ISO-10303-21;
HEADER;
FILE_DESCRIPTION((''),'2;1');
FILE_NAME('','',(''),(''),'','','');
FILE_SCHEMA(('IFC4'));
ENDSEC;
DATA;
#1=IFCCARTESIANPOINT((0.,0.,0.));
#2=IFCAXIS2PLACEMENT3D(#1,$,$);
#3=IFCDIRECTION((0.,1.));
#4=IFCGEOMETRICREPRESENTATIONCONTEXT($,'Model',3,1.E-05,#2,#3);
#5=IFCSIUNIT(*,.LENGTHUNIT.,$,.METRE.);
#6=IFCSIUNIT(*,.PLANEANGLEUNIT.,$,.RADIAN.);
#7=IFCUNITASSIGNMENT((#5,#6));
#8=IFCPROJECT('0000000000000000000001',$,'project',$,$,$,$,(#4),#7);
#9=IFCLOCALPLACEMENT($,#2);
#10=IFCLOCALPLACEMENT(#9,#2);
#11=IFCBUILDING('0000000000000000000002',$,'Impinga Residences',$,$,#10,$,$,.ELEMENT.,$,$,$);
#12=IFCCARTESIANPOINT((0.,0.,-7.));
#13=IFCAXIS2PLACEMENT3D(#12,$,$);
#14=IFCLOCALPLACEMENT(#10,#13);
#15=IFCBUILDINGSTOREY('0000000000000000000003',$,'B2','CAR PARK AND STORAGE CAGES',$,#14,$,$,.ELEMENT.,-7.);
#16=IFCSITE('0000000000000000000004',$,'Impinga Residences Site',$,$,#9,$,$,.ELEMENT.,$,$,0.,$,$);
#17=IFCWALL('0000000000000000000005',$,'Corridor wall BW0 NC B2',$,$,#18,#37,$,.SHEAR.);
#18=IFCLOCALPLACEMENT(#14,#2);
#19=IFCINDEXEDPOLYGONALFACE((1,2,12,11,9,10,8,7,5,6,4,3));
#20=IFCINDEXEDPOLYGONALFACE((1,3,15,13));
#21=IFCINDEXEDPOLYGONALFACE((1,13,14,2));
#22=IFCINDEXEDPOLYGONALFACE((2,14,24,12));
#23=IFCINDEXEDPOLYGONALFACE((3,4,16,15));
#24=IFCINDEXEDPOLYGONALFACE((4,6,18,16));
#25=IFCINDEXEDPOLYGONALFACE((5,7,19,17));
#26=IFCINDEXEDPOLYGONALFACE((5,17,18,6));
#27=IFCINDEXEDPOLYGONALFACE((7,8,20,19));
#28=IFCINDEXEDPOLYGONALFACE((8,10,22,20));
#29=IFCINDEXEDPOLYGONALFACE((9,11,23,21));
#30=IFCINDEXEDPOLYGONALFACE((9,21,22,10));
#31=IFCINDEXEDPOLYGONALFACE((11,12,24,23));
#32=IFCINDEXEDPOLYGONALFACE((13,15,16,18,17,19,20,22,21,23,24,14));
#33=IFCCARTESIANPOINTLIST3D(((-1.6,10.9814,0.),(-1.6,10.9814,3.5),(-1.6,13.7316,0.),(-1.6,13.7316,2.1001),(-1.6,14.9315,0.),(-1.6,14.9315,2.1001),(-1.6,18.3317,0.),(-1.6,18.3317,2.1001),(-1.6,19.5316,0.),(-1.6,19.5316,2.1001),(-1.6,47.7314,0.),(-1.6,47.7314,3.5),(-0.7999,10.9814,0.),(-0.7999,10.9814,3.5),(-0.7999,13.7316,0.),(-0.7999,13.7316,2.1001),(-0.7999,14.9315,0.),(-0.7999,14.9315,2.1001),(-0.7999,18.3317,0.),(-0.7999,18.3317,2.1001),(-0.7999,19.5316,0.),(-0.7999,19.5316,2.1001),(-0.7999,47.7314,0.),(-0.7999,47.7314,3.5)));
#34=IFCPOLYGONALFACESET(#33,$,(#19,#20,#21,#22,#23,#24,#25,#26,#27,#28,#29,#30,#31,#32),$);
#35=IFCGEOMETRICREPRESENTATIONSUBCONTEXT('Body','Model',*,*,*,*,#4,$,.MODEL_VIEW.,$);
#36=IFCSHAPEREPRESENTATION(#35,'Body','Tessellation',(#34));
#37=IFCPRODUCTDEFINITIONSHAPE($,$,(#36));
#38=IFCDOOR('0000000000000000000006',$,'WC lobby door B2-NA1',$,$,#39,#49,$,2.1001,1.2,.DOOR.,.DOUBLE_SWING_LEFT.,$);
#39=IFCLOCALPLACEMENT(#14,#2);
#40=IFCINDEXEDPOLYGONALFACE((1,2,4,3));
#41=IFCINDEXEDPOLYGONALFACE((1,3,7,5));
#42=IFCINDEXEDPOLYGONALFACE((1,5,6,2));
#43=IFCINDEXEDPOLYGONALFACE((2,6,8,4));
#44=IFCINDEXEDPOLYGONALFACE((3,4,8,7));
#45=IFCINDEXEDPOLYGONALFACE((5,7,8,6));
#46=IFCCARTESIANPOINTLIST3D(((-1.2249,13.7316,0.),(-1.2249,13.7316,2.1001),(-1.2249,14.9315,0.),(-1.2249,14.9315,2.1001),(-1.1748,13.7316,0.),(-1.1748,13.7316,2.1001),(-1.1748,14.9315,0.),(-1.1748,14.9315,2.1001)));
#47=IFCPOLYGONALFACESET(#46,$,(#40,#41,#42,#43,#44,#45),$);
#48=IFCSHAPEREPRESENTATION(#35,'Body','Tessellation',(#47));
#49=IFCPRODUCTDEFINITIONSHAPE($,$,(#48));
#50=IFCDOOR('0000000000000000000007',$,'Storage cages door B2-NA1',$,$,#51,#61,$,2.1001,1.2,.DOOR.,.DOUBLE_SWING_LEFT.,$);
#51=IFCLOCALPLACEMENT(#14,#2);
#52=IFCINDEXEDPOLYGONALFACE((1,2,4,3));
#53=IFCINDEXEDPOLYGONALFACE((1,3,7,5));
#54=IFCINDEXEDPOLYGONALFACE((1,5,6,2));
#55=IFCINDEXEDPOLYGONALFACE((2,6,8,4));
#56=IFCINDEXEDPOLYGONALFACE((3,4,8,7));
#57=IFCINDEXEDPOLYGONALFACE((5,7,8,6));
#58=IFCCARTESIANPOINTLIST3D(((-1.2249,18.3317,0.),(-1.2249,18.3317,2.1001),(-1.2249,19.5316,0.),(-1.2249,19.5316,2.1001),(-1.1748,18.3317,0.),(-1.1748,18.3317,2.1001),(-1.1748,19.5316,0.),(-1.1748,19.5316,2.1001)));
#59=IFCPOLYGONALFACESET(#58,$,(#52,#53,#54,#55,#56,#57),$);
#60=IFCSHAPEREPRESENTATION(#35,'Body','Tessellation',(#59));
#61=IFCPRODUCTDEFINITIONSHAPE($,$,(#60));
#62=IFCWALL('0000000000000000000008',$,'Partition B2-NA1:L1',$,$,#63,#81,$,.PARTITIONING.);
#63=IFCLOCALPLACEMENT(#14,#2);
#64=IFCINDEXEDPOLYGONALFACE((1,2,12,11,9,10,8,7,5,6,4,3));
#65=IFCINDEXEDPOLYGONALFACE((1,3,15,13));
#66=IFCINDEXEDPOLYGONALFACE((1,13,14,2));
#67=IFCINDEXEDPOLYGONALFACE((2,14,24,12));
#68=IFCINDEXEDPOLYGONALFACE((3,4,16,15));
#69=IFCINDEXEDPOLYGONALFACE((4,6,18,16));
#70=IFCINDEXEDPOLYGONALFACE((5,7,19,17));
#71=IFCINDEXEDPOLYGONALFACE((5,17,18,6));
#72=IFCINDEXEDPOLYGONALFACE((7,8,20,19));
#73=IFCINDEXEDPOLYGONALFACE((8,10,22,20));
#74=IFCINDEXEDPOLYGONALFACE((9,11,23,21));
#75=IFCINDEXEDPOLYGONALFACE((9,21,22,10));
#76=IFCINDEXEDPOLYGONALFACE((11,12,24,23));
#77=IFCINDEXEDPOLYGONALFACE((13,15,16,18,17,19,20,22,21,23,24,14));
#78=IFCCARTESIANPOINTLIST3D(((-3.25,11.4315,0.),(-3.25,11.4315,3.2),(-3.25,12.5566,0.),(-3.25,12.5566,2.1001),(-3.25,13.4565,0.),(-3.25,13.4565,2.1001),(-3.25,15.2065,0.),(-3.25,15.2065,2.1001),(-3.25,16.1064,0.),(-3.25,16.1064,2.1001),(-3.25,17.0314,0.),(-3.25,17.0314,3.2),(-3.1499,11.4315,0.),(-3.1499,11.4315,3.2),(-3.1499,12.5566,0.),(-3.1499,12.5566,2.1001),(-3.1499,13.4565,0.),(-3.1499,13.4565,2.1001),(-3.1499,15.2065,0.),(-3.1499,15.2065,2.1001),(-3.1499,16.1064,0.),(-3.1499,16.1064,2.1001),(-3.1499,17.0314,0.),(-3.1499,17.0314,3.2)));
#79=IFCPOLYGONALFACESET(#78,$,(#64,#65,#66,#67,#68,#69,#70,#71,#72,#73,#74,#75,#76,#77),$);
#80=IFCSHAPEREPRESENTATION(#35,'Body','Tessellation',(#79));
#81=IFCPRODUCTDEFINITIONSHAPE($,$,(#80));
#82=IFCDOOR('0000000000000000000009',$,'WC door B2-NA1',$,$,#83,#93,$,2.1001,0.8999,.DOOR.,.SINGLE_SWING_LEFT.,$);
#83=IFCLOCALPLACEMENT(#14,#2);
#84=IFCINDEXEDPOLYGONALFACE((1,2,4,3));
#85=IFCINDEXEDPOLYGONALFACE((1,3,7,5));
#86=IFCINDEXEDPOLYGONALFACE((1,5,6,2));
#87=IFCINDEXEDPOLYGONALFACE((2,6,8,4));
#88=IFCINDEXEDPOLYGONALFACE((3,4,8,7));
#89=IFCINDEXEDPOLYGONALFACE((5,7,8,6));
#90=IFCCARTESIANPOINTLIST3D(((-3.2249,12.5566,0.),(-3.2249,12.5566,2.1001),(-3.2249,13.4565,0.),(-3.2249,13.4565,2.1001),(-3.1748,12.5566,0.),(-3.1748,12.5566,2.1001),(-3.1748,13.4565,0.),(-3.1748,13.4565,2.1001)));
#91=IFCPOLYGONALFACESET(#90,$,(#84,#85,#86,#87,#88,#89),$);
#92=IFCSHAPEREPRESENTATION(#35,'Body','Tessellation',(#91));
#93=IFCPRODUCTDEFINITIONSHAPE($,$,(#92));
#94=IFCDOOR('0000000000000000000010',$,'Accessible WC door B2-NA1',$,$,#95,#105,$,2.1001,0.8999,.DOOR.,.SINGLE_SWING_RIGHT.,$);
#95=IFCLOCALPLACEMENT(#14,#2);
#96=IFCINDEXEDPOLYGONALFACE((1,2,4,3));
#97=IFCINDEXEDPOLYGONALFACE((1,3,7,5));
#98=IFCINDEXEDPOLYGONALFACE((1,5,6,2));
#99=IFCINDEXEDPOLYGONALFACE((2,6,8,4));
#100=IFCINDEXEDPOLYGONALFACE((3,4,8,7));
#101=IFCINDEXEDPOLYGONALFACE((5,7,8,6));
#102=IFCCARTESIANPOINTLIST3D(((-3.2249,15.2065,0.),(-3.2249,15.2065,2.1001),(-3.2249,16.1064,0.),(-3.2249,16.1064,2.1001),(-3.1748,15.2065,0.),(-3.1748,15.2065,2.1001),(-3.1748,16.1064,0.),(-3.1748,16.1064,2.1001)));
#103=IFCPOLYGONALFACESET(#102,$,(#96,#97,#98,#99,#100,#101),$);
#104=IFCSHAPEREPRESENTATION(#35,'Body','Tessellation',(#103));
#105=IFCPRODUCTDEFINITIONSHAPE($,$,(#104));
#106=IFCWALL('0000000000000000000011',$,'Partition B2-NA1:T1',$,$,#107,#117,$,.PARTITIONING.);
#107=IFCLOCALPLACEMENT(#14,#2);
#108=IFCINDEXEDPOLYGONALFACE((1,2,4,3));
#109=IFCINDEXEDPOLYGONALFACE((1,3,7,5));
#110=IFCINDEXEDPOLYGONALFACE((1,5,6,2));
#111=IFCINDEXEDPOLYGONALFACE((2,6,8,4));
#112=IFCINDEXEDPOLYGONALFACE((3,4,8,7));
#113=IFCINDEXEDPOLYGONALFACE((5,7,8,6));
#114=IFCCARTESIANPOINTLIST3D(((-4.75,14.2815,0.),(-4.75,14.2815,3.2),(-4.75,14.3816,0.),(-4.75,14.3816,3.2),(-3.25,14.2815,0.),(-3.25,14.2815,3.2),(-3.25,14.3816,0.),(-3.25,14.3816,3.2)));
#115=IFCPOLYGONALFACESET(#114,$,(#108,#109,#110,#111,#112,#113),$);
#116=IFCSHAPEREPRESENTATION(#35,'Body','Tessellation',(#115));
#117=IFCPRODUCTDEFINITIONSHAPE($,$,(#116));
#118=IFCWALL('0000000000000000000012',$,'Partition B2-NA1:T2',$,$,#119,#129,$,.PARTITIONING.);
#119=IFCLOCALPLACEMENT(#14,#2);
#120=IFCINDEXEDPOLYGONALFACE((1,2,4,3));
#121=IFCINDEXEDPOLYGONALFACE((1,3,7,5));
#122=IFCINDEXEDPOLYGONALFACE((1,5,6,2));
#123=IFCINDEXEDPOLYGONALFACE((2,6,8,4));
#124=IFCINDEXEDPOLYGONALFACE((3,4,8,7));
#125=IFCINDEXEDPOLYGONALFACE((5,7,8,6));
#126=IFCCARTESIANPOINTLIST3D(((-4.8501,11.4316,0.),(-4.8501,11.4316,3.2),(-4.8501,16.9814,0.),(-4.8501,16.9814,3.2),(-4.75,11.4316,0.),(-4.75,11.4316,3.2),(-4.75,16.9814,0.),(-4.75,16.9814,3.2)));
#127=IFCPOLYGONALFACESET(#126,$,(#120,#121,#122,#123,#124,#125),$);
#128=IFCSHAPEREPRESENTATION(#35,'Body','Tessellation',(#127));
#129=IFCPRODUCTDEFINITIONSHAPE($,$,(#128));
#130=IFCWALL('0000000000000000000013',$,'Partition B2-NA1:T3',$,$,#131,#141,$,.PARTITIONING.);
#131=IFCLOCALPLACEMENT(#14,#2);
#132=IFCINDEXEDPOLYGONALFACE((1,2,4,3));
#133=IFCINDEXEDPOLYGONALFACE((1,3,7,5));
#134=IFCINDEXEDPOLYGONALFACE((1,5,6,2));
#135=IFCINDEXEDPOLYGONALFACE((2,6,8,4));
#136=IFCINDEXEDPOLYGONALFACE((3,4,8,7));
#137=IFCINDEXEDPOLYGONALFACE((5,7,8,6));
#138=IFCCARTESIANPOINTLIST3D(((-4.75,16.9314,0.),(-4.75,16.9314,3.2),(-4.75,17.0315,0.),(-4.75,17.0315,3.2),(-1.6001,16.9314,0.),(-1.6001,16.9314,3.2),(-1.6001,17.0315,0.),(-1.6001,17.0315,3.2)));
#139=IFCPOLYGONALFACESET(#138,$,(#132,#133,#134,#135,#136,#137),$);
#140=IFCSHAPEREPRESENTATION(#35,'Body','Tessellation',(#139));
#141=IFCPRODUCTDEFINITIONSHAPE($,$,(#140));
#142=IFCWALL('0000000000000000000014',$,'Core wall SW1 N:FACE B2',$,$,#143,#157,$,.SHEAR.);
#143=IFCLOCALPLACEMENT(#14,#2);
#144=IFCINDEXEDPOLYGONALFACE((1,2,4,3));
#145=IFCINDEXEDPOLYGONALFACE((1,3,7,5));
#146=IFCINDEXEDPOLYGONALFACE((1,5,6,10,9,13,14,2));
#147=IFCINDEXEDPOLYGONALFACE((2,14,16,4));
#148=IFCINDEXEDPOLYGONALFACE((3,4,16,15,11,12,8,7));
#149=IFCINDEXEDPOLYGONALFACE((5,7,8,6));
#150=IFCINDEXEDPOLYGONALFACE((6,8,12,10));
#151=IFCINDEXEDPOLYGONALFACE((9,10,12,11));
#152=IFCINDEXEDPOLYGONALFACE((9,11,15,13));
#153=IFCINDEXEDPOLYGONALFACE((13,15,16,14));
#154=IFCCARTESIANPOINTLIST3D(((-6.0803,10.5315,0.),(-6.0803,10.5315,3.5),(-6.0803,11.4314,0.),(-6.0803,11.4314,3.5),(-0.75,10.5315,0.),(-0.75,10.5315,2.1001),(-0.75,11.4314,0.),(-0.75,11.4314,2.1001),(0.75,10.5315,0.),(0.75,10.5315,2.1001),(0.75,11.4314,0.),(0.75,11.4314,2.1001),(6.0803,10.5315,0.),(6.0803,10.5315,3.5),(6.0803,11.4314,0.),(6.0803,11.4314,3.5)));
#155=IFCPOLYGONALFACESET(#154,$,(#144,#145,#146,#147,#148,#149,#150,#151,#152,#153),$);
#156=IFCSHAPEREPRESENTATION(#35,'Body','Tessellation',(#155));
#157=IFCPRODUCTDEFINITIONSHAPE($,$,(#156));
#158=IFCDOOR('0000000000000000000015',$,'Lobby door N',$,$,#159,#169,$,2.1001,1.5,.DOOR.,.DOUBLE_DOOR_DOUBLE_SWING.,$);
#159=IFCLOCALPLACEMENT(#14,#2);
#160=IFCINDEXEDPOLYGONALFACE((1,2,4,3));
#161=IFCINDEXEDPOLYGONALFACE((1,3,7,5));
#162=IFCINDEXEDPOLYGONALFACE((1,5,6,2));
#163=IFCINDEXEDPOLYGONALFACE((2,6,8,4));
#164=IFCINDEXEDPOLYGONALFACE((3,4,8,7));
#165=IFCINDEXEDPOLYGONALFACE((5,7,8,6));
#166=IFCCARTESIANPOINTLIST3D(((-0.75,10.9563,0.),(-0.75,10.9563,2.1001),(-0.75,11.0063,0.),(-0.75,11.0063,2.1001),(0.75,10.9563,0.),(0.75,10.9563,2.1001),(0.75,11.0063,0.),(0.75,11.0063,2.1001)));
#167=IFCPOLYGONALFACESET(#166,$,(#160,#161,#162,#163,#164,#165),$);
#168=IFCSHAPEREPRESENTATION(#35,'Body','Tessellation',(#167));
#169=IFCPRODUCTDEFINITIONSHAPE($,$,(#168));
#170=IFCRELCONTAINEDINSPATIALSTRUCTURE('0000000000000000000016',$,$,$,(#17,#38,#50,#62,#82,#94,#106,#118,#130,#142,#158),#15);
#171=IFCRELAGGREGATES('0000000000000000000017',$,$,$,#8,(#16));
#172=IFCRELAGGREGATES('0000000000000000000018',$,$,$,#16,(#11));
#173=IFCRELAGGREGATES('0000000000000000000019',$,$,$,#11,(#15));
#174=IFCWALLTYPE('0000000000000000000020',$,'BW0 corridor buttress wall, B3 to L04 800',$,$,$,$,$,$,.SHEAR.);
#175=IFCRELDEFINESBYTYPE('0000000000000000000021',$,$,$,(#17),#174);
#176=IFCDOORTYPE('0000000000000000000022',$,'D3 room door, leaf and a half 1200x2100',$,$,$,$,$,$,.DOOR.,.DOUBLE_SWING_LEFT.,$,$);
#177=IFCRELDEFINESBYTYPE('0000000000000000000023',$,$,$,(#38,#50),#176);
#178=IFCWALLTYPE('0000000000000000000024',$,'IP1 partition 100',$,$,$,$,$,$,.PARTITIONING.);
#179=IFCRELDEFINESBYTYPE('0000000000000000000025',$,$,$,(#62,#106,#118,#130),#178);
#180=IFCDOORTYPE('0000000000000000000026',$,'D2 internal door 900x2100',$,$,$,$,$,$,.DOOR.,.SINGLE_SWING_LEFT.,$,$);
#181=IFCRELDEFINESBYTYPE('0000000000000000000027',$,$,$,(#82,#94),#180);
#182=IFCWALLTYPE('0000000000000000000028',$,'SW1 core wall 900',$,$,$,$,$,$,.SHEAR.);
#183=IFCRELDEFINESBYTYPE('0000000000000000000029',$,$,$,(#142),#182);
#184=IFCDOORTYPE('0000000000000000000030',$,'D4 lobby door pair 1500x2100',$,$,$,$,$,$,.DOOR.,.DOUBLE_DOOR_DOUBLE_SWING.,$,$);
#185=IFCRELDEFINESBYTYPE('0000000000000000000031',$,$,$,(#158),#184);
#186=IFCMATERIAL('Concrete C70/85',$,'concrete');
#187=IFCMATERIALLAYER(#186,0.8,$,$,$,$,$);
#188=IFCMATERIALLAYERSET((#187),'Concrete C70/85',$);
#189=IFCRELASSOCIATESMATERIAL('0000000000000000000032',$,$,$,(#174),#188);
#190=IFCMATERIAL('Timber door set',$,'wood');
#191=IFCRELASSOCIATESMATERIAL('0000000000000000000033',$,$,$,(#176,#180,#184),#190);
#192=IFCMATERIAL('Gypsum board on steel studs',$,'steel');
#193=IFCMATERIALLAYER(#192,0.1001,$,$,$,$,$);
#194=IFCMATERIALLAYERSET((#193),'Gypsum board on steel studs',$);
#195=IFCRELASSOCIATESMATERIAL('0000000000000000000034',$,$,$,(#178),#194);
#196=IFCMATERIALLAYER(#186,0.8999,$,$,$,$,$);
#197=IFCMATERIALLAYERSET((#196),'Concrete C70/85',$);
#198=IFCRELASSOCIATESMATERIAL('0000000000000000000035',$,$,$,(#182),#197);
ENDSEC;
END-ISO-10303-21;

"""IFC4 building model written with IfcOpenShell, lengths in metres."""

from ifc_helpers import new_model, si_unit, direction, frame, frame_2d, origin, place, context, subcontext, project, spatial, rectangle, extrude, material, layer, layer_set, type_object, element, fill, save


model = new_model("IFC4")

# Units and contexts
model_context = context("Model", 3, precision=1e-05, world=origin(), true_north=direction((0.0, 1.0)))
body_context = subcontext(model_context, "Body", "Model", "MODEL_VIEW")
ifc_project = project(units=[si_unit("LENGTHUNIT", "METRE"), si_unit("PLANEANGLEUNIT", "RADIAN")], contexts=[model_context])

# Site, building, storey
site_placement = place(None, origin())
site = spatial("IfcSite", under=ifc_project, at=site_placement, Name="Impinga Residences Site", CompositionType="ELEMENT", RefElevation=0.0)
building_placement = place(site_placement, origin())
building = spatial("IfcBuilding", under=site, at=building_placement, Name="Impinga Residences", CompositionType="ELEMENT")
storey_placement = place(building_placement, frame((0.0, 0.0, -7.0)))
storey = spatial("IfcBuildingStorey", under=building, at=storey_placement, Name="B2", Description="CAR PARK AND STORAGE CAGES", CompositionType="ELEMENT", Elevation=-7.0)

# Walls, openings, doors
ifc_material_1 = material(Name="Concrete C70/85", Category="concrete")
ifc_layer_1 = layer(ifc_material_1, 0.8)
ifc_layer_set_1 = layer_set([ifc_layer_1], Name="Concrete C70/85")
wall_type_1 = type_object("IfcWallType", Name="BW0 corridor buttress wall, B3 to L04 800", PredefinedType="SHEAR", material=ifc_layer_set_1)
wall_1_placement = place(storey_placement, frame((-1.2, 10.9814, 0.0), z_axis=(0.0, 0.0, 1.0), x_axis=(0.0, 1.0, 0.0)))
wall_1 = element("IfcWall", 1, at=wall_1_placement, inside=storey, type_object=wall_type_1, Name="Corridor wall BW0 NC B2", PredefinedType="SHEAR", context=body_context, shape_type="SweptSolid", body=[
    extrude(rectangle(XDim=36.75, YDim=0.8, at=frame_2d((18.375, 0.0))), origin(), (0.0, 0.0, 1.0), 3.5),
])
opening_1_placement = place(wall_1_placement, frame((2.75, 0.0, 0.0)))
opening_1 = element("IfcOpeningElement", 2, at=opening_1_placement, cuts=wall_1, PredefinedType="OPENING", context=body_context, shape_type="SweptSolid", body=[
    extrude(rectangle(XDim=1.2, YDim=2.1001, at=frame_2d((0.6001, 1.05))), frame((0.0, 0.4099, 0.0), z_axis=(0.0, -1.0, 0.0), x_axis=(1.0, 0.0, 0.0)), (0.0, 0.0, 1.0), 0.8201),
])
opening_2_placement = place(wall_1_placement, frame((7.3501, 0.0, 0.0)))
opening_2 = element("IfcOpeningElement", 3, at=opening_2_placement, cuts=wall_1, PredefinedType="OPENING", context=body_context, shape_type="SweptSolid", body=[
    extrude(rectangle(XDim=1.2, YDim=2.1001, at=frame_2d((0.6001, 1.05))), frame((0.0, 0.4099, 0.0), z_axis=(0.0, -1.0, 0.0), x_axis=(1.0, 0.0, 0.0)), (0.0, 0.0, 1.0), 0.8201),
])
ifc_material_2 = material(Name="Timber door set", Category="wood")
door_type_1 = type_object("IfcDoorType", Name="D3 room door, leaf and a half 1200x2100", OperationType="DOUBLE_SWING_LEFT", PredefinedType="DOOR", material=ifc_material_2)
door_1_placement = place(opening_1_placement, origin())
door_1 = element("IfcDoor", 4, at=door_1_placement, inside=storey, type_object=door_type_1, Name="WC lobby door B2-NA1", OperationType="DOUBLE_SWING_LEFT", OverallHeight=2.1001, OverallWidth=1.2, PredefinedType="DOOR", context=body_context, shape_type="SweptSolid", body=[
    extrude(rectangle(XDim=1.2, YDim=2.1001, at=frame_2d((0.6001, 1.05))), frame((0.0, 0.0249, 0.0), z_axis=(0.0, -1.0, 0.0), x_axis=(1.0, 0.0, 0.0)), (0.0, 0.0, 1.0), 0.05),
])
fill(opening_1, door_1)
door_2_placement = place(opening_2_placement, origin())
door_2 = element("IfcDoor", 5, at=door_2_placement, inside=storey, type_object=door_type_1, Name="Storage cages door B2-NA1", OperationType="DOUBLE_SWING_LEFT", OverallHeight=2.1001, OverallWidth=1.2, PredefinedType="DOOR", context=body_context, shape_type="SweptSolid", body=[
    extrude(rectangle(XDim=1.2, YDim=2.1001, at=frame_2d((0.6001, 1.05))), frame((0.0, 0.0249, 0.0), z_axis=(0.0, -1.0, 0.0), x_axis=(1.0, 0.0, 0.0)), (0.0, 0.0, 1.0), 0.05),
])
fill(opening_2, door_2)
ifc_material_3 = material(Name="Gypsum board on steel studs", Category="steel")
ifc_layer_2 = layer(ifc_material_3, 0.1001)
ifc_layer_set_2 = layer_set([ifc_layer_2], Name="Gypsum board on steel studs")
wall_type_2 = type_object("IfcWallType", Name="IP1 partition 100", PredefinedType="PARTITIONING", material=ifc_layer_set_2)
wall_2_placement = place(storey_placement, frame((-3.2, 11.4316, 0.0), z_axis=(0.0, 0.0, 1.0), x_axis=(0.0, 1.0, 0.0)))
wall_2 = element("IfcWall", 6, at=wall_2_placement, inside=storey, type_object=wall_type_2, Name="Partition B2-NA1:L1", PredefinedType="PARTITIONING", context=body_context, shape_type="SweptSolid", body=[
    extrude(rectangle(XDim=5.5999, YDim=0.1001, at=frame_2d((2.7998, 0.0))), origin(), (0.0, 0.0, 1.0), 3.2),
])
opening_3_placement = place(wall_2_placement, frame((1.125, 0.0, 0.0)))
opening_3 = element("IfcOpeningElement", 7, at=opening_3_placement, cuts=wall_2, PredefinedType="OPENING", context=body_context, shape_type="SweptSolid", body=[
    extrude(rectangle(XDim=0.8999, YDim=2.1001, at=frame_2d((0.45, 1.05))), frame((0.0, 0.0601, 0.0), z_axis=(0.0, -1.0, 0.0), x_axis=(1.0, 0.0, 0.0)), (0.0, 0.0, 1.0), 0.1201),
])
opening_4_placement = place(wall_2_placement, frame((3.7749, 0.0, 0.0)))
opening_4 = element("IfcOpeningElement", 8, at=opening_4_placement, cuts=wall_2, PredefinedType="OPENING", context=body_context, shape_type="SweptSolid", body=[
    extrude(rectangle(XDim=0.8999, YDim=2.1001, at=frame_2d((0.45, 1.05))), frame((0.0, 0.0601, 0.0), z_axis=(0.0, -1.0, 0.0), x_axis=(1.0, 0.0, 0.0)), (0.0, 0.0, 1.0), 0.1201),
])
door_type_2 = type_object("IfcDoorType", Name="D2 internal door 900x2100", OperationType="SINGLE_SWING_LEFT", PredefinedType="DOOR", material=ifc_material_2)
door_3_placement = place(opening_3_placement, origin())
door_3 = element("IfcDoor", 9, at=door_3_placement, inside=storey, type_object=door_type_2, Name="WC door B2-NA1", OperationType="SINGLE_SWING_LEFT", OverallHeight=2.1001, OverallWidth=0.8999, PredefinedType="DOOR", context=body_context, shape_type="SweptSolid", body=[
    extrude(rectangle(XDim=0.8999, YDim=2.1001, at=frame_2d((0.45, 1.05))), frame((0.0, 0.0249, 0.0), z_axis=(0.0, -1.0, 0.0), x_axis=(1.0, 0.0, 0.0)), (0.0, 0.0, 1.0), 0.05),
])
fill(opening_3, door_3)
door_4_placement = place(opening_4_placement, origin())
door_4 = element("IfcDoor", 10, at=door_4_placement, inside=storey, type_object=door_type_2, Name="Accessible WC door B2-NA1", OperationType="SINGLE_SWING_RIGHT", OverallHeight=2.1001, OverallWidth=0.8999, PredefinedType="DOOR", context=body_context, shape_type="SweptSolid", body=[
    extrude(rectangle(XDim=0.8999, YDim=2.1001, at=frame_2d((0.45, 1.05))), frame((0.0, 0.0249, 0.0), z_axis=(0.0, -1.0, 0.0), x_axis=(1.0, 0.0, 0.0)), (0.0, 0.0, 1.0), 0.05),
])
fill(opening_4, door_4)

# Walls
wall_3_placement = place(storey_placement, frame((-3.25, 14.3315, 0.0), z_axis=(0.0, 0.0, 1.0), x_axis=(-1.0, 0.0, 0.0)))
element("IfcWall", 11, at=wall_3_placement, inside=storey, type_object=wall_type_2, Name="Partition B2-NA1:T1", PredefinedType="PARTITIONING", context=body_context, shape_type="SweptSolid", body=[
    extrude(rectangle(XDim=1.5, YDim=0.1001, at=frame_2d((0.75, 0.0))), origin(), (0.0, 0.0, 1.0), 3.2),
])
wall_4_placement = place(storey_placement, frame((-4.8, 11.4316, 0.0), z_axis=(0.0, 0.0, 1.0), x_axis=(0.0, 1.0, 0.0)))
element("IfcWall", 12, at=wall_4_placement, inside=storey, type_object=wall_type_2, Name="Partition B2-NA1:T2", PredefinedType="PARTITIONING", context=body_context, shape_type="SweptSolid", body=[
    extrude(rectangle(XDim=5.5498, YDim=0.1001, at=frame_2d((2.7749, 0.0))), origin(), (0.0, 0.0, 1.0), 3.2),
])
wall_5_placement = place(storey_placement, frame((-1.6001, 16.9814, 0.0), z_axis=(0.0, 0.0, 1.0), x_axis=(-1.0, 0.0, 0.0)))
element("IfcWall", 13, at=wall_5_placement, inside=storey, type_object=wall_type_2, Name="Partition B2-NA1:T3", PredefinedType="PARTITIONING", context=body_context, shape_type="SweptSolid", body=[
    extrude(rectangle(XDim=3.1499, YDim=0.1001, at=frame_2d((1.575, 0.0))), origin(), (0.0, 0.0, 1.0), 3.2),
])

# Wall, opening, door
ifc_layer_3 = layer(ifc_material_1, 0.8999)
ifc_layer_set_3 = layer_set([ifc_layer_3], Name="Concrete C70/85")
wall_type_3 = type_object("IfcWallType", Name="SW1 core wall 900", PredefinedType="SHEAR", material=ifc_layer_set_3)
wall_6_placement = place(storey_placement, frame((-6.0803, 10.9814, 0.0), z_axis=(0.0, 0.0, 1.0), x_axis=(1.0, 0.0, 0.0)))
wall_6 = element("IfcWall", 14, at=wall_6_placement, inside=storey, type_object=wall_type_3, Name="Core wall SW1 N:FACE B2", PredefinedType="SHEAR", context=body_context, shape_type="SweptSolid", body=[
    extrude(rectangle(XDim=12.1606, YDim=0.8999, at=frame_2d((6.0803, 0.0))), origin(), (0.0, 0.0, 1.0), 3.5),
])
opening_5_placement = place(wall_6_placement, frame((5.3303, 0.0, 0.0)))
opening_5 = element("IfcOpeningElement", 15, at=opening_5_placement, cuts=wall_6, PredefinedType="OPENING", context=body_context, shape_type="SweptSolid", body=[
    extrude(rectangle(XDim=1.5, YDim=2.1001, at=frame_2d((0.75, 1.05))), frame((0.0, 0.46, 0.0), z_axis=(0.0, -1.0, 0.0), x_axis=(1.0, 0.0, 0.0)), (0.0, 0.0, 1.0), 0.9199),
])
door_type_3 = type_object("IfcDoorType", Name="D4 lobby door pair 1500x2100", OperationType="DOUBLE_DOOR_DOUBLE_SWING", PredefinedType="DOOR", material=ifc_material_2)
door_5_placement = place(opening_5_placement, origin())
door_5 = element("IfcDoor", 16, at=door_5_placement, inside=storey, type_object=door_type_3, Name="Lobby door N", OperationType="DOUBLE_DOOR_DOUBLE_SWING", OverallHeight=2.1001, OverallWidth=1.5, PredefinedType="DOOR", context=body_context, shape_type="SweptSolid", body=[
    extrude(rectangle(XDim=1.5, YDim=2.1001, at=frame_2d((0.75, 1.05))), frame((0.0, 0.0249, 0.0), z_axis=(0.0, -1.0, 0.0), x_axis=(1.0, 0.0, 0.0)), (0.0, 0.0, 1.0), 0.05),
])
fill(opening_5, door_5)

save(model, "model.ifc")
